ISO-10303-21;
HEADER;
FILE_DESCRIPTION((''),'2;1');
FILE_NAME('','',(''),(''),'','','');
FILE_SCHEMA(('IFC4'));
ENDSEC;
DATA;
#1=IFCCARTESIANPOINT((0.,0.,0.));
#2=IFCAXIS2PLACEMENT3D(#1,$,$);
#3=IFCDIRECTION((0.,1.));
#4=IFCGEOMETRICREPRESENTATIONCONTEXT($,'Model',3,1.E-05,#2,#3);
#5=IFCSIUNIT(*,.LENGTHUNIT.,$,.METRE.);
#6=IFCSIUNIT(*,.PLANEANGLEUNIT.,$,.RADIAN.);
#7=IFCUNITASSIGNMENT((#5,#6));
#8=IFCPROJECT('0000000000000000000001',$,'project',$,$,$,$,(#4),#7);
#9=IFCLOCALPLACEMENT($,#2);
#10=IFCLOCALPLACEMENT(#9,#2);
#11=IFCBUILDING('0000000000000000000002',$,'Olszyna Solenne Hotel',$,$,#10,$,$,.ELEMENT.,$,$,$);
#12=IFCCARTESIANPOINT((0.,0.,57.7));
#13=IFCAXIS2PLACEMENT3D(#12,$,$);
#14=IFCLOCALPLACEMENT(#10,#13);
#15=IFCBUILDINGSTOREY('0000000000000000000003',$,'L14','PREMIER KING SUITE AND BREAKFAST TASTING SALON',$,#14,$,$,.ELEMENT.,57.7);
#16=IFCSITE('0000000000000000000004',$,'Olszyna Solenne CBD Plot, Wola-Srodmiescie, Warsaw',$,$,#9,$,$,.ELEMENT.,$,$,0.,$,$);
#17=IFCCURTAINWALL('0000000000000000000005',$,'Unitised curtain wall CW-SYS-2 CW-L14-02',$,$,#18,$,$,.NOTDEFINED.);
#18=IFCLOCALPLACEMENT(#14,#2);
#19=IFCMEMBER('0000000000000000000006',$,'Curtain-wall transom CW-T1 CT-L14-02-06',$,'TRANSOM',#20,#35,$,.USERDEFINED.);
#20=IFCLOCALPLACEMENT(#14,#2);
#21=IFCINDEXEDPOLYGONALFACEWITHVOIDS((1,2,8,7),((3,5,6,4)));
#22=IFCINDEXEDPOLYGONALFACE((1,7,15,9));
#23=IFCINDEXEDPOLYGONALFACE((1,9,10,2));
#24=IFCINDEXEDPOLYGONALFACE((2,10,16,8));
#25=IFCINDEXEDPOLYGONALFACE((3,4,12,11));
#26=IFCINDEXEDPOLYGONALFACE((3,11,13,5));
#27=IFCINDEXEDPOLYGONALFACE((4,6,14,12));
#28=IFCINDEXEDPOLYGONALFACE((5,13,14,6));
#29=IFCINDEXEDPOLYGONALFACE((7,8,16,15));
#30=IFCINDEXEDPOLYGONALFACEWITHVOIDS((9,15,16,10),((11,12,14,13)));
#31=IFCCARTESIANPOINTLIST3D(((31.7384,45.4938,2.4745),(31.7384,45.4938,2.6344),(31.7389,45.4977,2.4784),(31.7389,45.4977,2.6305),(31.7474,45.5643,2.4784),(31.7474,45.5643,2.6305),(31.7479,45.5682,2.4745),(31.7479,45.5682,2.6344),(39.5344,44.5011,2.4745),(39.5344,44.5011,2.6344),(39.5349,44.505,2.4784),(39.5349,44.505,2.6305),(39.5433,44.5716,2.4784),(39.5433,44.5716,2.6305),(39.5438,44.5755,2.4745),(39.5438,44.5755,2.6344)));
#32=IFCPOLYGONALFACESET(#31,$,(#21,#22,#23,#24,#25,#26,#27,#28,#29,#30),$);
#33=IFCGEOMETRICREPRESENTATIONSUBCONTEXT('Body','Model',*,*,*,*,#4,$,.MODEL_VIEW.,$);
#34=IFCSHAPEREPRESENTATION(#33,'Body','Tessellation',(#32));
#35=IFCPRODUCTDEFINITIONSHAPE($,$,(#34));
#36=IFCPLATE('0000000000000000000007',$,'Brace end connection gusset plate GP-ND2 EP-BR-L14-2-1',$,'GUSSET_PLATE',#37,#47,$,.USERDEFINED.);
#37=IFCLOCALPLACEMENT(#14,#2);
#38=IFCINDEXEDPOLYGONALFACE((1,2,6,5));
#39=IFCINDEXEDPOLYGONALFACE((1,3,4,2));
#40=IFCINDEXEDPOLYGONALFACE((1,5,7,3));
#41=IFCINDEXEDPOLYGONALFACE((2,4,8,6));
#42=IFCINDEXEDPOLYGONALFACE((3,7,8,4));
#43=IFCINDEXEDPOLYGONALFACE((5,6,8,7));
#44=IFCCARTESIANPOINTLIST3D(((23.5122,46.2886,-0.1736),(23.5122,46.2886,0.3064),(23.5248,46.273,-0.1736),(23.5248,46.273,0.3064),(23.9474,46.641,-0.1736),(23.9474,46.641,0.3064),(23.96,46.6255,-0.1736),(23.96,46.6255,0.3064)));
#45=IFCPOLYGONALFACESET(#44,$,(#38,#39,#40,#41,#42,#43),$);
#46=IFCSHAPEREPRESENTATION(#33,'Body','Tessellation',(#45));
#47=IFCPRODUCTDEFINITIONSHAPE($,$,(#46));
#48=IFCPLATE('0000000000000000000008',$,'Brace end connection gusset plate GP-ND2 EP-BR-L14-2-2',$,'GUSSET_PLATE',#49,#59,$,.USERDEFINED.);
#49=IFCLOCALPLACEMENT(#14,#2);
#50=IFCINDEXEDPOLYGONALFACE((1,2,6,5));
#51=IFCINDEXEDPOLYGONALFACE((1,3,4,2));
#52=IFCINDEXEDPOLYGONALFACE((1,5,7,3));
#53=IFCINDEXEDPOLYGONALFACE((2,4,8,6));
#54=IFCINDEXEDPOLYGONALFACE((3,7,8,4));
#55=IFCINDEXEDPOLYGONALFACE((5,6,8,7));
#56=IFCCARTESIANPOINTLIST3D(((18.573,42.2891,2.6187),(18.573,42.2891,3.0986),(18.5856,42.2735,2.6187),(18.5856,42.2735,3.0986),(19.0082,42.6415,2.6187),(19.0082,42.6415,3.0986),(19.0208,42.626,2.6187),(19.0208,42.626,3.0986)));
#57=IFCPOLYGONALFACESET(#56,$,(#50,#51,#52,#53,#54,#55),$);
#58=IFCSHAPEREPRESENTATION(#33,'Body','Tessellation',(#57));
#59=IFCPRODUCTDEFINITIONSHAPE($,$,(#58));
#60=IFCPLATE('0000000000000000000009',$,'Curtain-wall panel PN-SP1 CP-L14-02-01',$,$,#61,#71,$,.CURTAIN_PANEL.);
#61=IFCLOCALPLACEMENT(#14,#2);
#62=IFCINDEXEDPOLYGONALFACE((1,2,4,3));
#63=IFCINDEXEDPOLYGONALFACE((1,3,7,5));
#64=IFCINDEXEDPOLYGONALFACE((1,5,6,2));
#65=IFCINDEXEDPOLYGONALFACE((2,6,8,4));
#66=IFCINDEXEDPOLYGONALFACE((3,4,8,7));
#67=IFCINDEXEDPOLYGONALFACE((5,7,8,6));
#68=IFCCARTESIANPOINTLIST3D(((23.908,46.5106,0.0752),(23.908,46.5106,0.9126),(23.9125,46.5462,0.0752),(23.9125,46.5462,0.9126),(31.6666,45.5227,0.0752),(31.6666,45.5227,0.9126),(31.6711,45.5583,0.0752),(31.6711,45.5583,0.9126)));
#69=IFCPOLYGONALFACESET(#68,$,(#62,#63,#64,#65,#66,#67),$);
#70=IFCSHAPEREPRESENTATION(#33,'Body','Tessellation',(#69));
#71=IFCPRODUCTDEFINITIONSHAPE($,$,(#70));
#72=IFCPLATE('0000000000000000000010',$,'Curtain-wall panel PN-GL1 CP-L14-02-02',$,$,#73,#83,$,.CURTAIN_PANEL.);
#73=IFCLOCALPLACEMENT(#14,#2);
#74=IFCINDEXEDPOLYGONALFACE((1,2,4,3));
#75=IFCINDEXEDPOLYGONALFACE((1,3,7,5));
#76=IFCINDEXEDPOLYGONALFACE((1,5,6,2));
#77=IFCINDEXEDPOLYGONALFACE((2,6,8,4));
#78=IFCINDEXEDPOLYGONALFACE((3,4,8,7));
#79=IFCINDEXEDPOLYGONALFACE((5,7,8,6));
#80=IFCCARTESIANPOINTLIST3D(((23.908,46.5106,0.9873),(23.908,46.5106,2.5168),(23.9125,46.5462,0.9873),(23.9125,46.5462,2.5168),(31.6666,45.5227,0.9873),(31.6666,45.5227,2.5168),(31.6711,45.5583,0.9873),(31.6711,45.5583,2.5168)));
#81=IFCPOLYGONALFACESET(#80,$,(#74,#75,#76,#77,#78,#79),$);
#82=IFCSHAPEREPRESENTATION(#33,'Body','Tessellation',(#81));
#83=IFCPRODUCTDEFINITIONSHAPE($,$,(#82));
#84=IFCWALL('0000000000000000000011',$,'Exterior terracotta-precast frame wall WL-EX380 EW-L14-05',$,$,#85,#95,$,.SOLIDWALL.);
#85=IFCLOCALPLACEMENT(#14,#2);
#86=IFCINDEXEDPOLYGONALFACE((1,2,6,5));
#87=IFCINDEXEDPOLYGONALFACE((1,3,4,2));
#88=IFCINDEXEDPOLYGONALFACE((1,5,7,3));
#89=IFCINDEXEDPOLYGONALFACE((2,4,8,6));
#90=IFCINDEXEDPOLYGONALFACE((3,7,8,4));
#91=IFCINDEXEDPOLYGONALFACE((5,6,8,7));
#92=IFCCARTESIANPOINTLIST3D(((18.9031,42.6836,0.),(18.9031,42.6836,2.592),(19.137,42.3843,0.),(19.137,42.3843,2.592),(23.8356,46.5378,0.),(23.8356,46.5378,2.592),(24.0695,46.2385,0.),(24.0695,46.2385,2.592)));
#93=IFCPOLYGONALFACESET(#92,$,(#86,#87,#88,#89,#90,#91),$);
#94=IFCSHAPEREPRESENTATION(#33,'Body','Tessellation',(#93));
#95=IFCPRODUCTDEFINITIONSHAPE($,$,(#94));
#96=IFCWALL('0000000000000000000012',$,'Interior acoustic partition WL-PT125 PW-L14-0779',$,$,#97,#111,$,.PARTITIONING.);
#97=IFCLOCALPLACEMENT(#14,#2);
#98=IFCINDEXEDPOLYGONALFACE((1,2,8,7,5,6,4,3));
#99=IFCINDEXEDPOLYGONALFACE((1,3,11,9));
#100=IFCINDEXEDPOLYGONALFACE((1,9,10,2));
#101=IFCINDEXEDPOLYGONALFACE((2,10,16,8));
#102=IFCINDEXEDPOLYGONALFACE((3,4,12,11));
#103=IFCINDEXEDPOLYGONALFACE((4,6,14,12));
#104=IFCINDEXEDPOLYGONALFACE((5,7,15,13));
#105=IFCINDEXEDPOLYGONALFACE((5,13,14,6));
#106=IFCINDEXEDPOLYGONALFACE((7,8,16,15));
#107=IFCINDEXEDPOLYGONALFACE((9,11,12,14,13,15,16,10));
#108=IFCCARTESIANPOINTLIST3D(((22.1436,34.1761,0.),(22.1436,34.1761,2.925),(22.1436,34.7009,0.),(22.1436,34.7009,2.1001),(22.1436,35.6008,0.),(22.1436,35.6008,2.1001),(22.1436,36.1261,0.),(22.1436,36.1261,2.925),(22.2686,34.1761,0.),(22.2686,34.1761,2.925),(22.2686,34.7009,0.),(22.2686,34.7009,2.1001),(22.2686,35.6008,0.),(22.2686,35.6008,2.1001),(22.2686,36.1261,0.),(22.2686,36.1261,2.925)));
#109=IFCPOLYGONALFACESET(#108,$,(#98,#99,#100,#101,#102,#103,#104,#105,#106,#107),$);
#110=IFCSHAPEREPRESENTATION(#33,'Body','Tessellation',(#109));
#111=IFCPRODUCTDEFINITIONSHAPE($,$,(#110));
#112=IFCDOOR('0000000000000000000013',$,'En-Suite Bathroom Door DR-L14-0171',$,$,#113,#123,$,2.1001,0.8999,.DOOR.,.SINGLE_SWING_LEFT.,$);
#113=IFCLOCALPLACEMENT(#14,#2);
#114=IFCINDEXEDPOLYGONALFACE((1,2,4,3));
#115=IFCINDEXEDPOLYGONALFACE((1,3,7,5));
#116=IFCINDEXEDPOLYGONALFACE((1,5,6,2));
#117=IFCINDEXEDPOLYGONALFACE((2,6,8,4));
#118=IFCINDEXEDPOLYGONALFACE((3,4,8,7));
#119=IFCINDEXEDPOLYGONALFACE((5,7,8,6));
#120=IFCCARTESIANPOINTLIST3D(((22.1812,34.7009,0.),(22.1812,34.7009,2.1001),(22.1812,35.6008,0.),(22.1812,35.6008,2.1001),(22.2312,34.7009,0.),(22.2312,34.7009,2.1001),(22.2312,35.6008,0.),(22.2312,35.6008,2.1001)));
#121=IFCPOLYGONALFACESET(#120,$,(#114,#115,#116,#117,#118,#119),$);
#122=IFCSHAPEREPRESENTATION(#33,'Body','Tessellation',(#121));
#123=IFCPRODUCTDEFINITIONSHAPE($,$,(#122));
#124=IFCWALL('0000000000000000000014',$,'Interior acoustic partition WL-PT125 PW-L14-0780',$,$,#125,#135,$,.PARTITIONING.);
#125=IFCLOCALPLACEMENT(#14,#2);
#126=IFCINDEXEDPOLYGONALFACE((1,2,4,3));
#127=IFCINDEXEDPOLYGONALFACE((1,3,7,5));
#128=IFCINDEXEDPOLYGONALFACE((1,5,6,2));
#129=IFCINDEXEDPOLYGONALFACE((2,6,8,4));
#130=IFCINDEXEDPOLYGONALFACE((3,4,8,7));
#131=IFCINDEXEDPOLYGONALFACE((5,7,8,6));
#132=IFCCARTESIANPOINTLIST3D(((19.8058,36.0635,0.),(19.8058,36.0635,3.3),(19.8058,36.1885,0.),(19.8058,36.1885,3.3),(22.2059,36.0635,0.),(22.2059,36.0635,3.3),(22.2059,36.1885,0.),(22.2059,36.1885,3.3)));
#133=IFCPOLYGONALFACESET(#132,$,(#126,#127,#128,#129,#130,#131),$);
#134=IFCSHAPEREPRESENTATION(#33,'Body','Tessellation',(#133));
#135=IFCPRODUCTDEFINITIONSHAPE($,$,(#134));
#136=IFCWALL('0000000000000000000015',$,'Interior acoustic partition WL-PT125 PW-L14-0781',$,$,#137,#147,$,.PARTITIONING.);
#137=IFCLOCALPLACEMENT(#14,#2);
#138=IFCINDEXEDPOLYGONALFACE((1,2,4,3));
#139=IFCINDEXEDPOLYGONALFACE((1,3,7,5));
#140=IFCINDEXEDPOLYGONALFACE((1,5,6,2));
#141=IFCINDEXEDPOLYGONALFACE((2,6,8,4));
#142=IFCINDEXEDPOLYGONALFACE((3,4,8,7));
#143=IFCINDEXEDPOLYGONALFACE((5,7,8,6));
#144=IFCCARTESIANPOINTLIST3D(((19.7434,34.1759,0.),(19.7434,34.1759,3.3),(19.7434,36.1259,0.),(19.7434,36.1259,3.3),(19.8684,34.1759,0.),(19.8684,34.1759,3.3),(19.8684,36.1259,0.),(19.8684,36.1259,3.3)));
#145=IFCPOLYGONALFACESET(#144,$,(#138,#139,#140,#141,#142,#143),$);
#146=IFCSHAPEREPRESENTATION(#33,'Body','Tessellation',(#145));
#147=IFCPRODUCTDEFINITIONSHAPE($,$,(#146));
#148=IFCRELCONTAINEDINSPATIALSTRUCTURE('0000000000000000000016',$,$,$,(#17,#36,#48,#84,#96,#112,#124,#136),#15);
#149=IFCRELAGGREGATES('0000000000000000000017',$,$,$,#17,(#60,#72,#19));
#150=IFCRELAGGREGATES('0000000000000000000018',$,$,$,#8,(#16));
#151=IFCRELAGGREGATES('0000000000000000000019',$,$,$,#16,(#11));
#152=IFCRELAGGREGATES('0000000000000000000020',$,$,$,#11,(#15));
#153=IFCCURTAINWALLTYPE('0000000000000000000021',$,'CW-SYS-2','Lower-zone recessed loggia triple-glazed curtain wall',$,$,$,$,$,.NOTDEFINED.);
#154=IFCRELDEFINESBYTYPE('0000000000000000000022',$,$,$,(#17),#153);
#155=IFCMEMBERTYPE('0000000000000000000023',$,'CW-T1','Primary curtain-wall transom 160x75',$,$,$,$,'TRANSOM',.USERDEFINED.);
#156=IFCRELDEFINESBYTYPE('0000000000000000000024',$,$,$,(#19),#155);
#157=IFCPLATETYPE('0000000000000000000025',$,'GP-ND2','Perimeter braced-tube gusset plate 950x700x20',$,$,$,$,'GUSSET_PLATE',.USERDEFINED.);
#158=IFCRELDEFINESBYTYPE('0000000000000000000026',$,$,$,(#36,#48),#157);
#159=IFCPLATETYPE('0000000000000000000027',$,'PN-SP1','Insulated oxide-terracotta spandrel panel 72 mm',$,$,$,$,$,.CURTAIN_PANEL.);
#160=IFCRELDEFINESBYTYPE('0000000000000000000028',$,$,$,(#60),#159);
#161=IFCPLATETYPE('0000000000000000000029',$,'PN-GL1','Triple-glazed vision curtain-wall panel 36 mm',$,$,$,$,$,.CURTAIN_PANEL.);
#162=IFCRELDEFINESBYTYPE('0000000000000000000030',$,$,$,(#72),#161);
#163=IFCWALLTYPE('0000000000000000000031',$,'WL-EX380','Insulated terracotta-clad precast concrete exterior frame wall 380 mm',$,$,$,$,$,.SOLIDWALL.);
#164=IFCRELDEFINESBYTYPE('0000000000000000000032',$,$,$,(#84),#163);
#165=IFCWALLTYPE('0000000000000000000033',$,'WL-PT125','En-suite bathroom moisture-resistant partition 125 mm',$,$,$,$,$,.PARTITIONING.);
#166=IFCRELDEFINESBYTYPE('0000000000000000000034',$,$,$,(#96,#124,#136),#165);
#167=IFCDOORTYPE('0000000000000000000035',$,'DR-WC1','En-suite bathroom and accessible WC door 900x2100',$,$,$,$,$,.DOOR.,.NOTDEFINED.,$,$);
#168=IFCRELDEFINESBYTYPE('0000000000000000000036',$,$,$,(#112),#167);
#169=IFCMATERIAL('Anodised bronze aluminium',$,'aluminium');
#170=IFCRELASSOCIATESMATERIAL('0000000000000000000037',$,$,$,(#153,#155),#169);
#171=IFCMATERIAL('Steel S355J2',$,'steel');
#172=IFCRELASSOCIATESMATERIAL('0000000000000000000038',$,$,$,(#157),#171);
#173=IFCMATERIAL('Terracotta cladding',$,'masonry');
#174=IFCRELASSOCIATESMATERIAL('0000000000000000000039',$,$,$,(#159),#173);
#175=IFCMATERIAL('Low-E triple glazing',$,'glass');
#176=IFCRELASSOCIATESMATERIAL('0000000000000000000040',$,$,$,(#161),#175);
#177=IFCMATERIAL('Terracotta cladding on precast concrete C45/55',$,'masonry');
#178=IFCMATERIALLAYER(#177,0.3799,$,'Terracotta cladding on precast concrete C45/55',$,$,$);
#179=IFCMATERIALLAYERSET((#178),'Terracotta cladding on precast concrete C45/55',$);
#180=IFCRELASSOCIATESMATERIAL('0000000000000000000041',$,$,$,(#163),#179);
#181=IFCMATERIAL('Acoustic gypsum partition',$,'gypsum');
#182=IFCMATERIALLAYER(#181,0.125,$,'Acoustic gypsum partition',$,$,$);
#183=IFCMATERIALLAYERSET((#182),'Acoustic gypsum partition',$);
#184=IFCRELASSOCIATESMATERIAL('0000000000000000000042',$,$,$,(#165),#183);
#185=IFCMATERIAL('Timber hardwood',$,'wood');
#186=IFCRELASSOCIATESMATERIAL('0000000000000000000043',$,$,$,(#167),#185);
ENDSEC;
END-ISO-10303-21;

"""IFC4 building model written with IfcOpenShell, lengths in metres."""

from ifc_helpers import new_model, si_unit, direction, frame, frame_2d, origin, origin_2d, place, context, subcontext, project, spatial, rectangle, hollow_rectangle, extrude, source, transform, mapped, material, layer, layer_set, material_profile, profile_set, type_object, type_shapes, element, fill, aggregate, save


model = new_model("IFC4")

# Units and contexts
model_context = context("Model", 3, precision=1e-05, world=origin(), true_north=direction((0.0, 1.0)))
body_context = subcontext(model_context, "Body", "Model", "MODEL_VIEW")
ifc_project = project(units=[si_unit("LENGTHUNIT", "METRE"), si_unit("PLANEANGLEUNIT", "RADIAN")], contexts=[model_context])

# Site, building, storey
site_placement = place(None, origin())
site = spatial("IfcSite", under=ifc_project, at=site_placement, Name="Olszyna Solenne CBD Plot, Wola-Srodmiescie, Warsaw", CompositionType="ELEMENT", RefElevation=0.0)
building_placement = place(site_placement, origin())
building = spatial("IfcBuilding", under=site, at=building_placement, Name="Olszyna Solenne Hotel", CompositionType="ELEMENT")
storey_placement = place(building_placement, frame((0.0, 0.0, 57.7)))
storey = spatial("IfcBuildingStorey", under=building, at=storey_placement, Name="L14", Description="PREMIER KING SUITE AND BREAKFAST TASTING SALON", CompositionType="ELEMENT", Elevation=57.7)

# Shared definitions
ifc_material_1 = material(Name="Steel S355J2", Category="steel")

# Curtain wall, member
ifc_material_2 = material(Name="Anodised bronze aluminium", Category="aluminium")
curtain_wall_type = type_object("IfcCurtainWallType", Name="CW-SYS-2", Description="Lower-zone recessed loggia triple-glazed curtain wall", PredefinedType="NOTDEFINED", material=ifc_material_2)
curtain_wall_placement = place(storey_placement, origin())
curtain_wall = element("IfcCurtainWall", 1, at=curtain_wall_placement, inside=storey, type_object=curtain_wall_type, Name="Unitised curtain wall CW-SYS-2 CW-L14-02", PredefinedType="NOTDEFINED")
ifc_material_profile_1 = material_profile(ifc_material_2, hollow_rectangle(XDim=0.075, YDim=0.1599, WallThickness=0.0039, at=origin_2d()), Name="TRAN 160x75x4", Category="load-bearing")
ifc_profile_set_1 = profile_set([ifc_material_profile_1], Name="Anodised bronze aluminium")
member_type_1 = type_object("IfcMemberType", Name="CW-T1", Description="Primary curtain-wall transom 160x75", ElementType="TRANSOM", PredefinedType="USERDEFINED", material=ifc_profile_set_1)
shared_shape_1 = source(origin(), body_context, "Body", "SweptSolid", [
    extrude(hollow_rectangle(XDim=0.075, YDim=0.1599, WallThickness=0.0039, at=origin_2d()), origin(), (0.0, 0.0, 1.0), 7.8589),
])
member_1_placement = place(storey_placement, frame((31.7432, 45.531, 2.5544), z_axis=(0.99199, -0.126313, 0.0), x_axis=(0.126313, 0.99199, 0.0)))
member_1 = element("IfcMember", 2, at=member_1_placement, type_object=member_type_1, Name="Curtain-wall transom CW-T1 CT-L14-02-06", ObjectType="TRANSOM", PredefinedType="USERDEFINED", context=body_context, shape_type="MappedRepresentation", body=[
    mapped(shared_shape_1, transform((0.0, 0.0, 0.0), x_axis=(1.0, 0.0, 0.0), y_axis=(0.0, 1.0, 0.0), z_axis=(0.0, 0.0, 1.0), scale=1.0)),
])

# Plates
plate_type_1 = type_object("IfcPlateType", Name="GP-ND2", Description="Perimeter braced-tube gusset plate 950x700x20", ElementType="GUSSET_PLATE", PredefinedType="USERDEFINED", material=ifc_material_1)
shared_shape_2 = source(origin(), body_context, "Body", "SweptSolid", [
    extrude(rectangle(XDim=0.5601, YDim=0.02, at=origin_2d()), origin(), (0.0, 0.0, 1.0), 0.48),
])
for number, where, z_axis, x_axis, name in (
    (3, (23.7361, 46.457, -0.1736), (0.0, 0.0, 1.0), (-0.777146, -0.62932, 0.0), "Brace end connection gusset plate GP-ND2 EP-BR-L14-2-1"),
    (4, (18.7969, 42.4575, 2.6187), (0.0, 0.0, 1.0), (-0.777146, -0.62932, 0.0), "Brace end connection gusset plate GP-ND2 EP-BR-L14-2-2"),
):
    element("IfcPlate", number, at=place(storey_placement, frame(where, z_axis=z_axis, x_axis=x_axis)), inside=storey, type_object=plate_type_1, Name=name, ObjectType="GUSSET_PLATE", PredefinedType="USERDEFINED", context=body_context, shape_type="MappedRepresentation", body=[
        mapped(shared_shape_2, transform((0.0, 0.0, 0.0), x_axis=(1.0, 0.0, 0.0), y_axis=(0.0, 1.0, 0.0), z_axis=(0.0, 0.0, 1.0), scale=1.0)),
    ])

# Plates
ifc_material_3 = material(Name="Terracotta cladding", Category="masonry")
plate_type_2 = type_object("IfcPlateType", Name="PN-SP1", Description="Insulated oxide-terracotta spandrel panel 72 mm", PredefinedType="CURTAIN_PANEL", material=ifc_material_3)
shared_shape_3 = source(origin(), body_context, "Body", "SweptSolid", [
    extrude(rectangle(XDim=7.8213, YDim=0.0359, at=origin_2d()), origin(), (0.0, 0.0, 1.0), 0.8374),
])
plate_1_placement = place(storey_placement, frame((27.7896, 46.0344, 0.0752), z_axis=(0.0, 0.0, 1.0), x_axis=(0.991991, -0.126308, 0.0)))
plate_1 = element("IfcPlate", 5, at=plate_1_placement, type_object=plate_type_2, Name="Curtain-wall panel PN-SP1 CP-L14-02-01", PredefinedType="CURTAIN_PANEL", context=body_context, shape_type="MappedRepresentation", body=[
    mapped(shared_shape_3, transform((0.0, 0.0, 0.0), x_axis=(1.0, 0.0, 0.0), y_axis=(0.0, 1.0, 0.0), z_axis=(0.0, 0.0, 1.0), scale=1.0)),
])
ifc_material_4 = material(Name="Low-E triple glazing", Category="glass")
plate_type_3 = type_object("IfcPlateType", Name="PN-GL1", Description="Triple-glazed vision curtain-wall panel 36 mm", PredefinedType="CURTAIN_PANEL", material=ifc_material_4)
shared_shape_4 = source(origin(), body_context, "Body", "SweptSolid", [
    extrude(rectangle(XDim=7.8213, YDim=0.0359, at=origin_2d()), origin(), (0.0, 0.0, 1.0), 1.5295),
])
plate_2_placement = place(storey_placement, frame((27.7896, 46.0344, 0.9873), z_axis=(0.0, 0.0, 1.0), x_axis=(0.991991, -0.126308, 0.0)))
plate_2 = element("IfcPlate", 6, at=plate_2_placement, type_object=plate_type_3, Name="Curtain-wall panel PN-GL1 CP-L14-02-02", PredefinedType="CURTAIN_PANEL", context=body_context, shape_type="MappedRepresentation", body=[
    mapped(shared_shape_4, transform((0.0, 0.0, 0.0), x_axis=(1.0, 0.0, 0.0), y_axis=(0.0, 1.0, 0.0), z_axis=(0.0, 0.0, 1.0), scale=1.0)),
])
aggregate(curtain_wall, [plate_1, plate_2, member_1])

# Wall
ifc_material_5 = material(Name="Terracotta cladding on precast concrete C45/55", Category="masonry")
ifc_layer_1 = layer(ifc_material_5, 0.3799, Name="Terracotta cladding on precast concrete C45/55")
ifc_layer_set_1 = layer_set([ifc_layer_1], Name="Terracotta cladding on precast concrete C45/55")
wall_type_1 = type_object("IfcWallType", Name="WL-EX380", Description="Insulated terracotta-clad precast concrete exterior frame wall 380 mm", PredefinedType="SOLIDWALL", material=ifc_layer_set_1)
wall_1_placement = place(storey_placement, frame((19.02, 42.5339, 0.0), z_axis=(0.0, 0.0, 1.0), x_axis=(0.787975, 0.615708, 0.0)))
element("IfcWall", 7, at=wall_1_placement, inside=storey, type_object=wall_type_1, Name="Exterior terracotta-precast frame wall WL-EX380 EW-L14-05", PredefinedType="SOLIDWALL", context=body_context, shape_type="SweptSolid", body=[
    extrude(rectangle(XDim=6.2598, YDim=0.3799, at=frame_2d((3.1299, 0.0))), origin(), (0.0, 0.0, 1.0), 2.592),
])

# Wall, opening, door
ifc_material_6 = material(Name="Acoustic gypsum partition", Category="gypsum")
ifc_layer_2 = layer(ifc_material_6, 0.125, Name="Acoustic gypsum partition")
ifc_layer_set_2 = layer_set([ifc_layer_2], Name="Acoustic gypsum partition")
wall_type_2 = type_object("IfcWallType", Name="WL-PT125", Description="En-suite bathroom moisture-resistant partition 125 mm", PredefinedType="PARTITIONING", material=ifc_layer_set_2)
wall_2_placement = place(storey_placement, frame((22.2061, 34.176, 0.0), z_axis=(0.0, 0.0, 1.0), x_axis=(0.0, 1.0, 0.0)))
wall_2 = element("IfcWall", 8, at=wall_2_placement, inside=storey, type_object=wall_type_2, Name="Interior acoustic partition WL-PT125 PW-L14-0779", PredefinedType="PARTITIONING", context=body_context, shape_type="SweptSolid", body=[
    extrude(rectangle(XDim=1.95, YDim=0.125, at=frame_2d((0.9751, 0.0))), origin(), (0.0, 0.0, 1.0), 2.925),
])
opening_1_placement = place(wall_2_placement, frame((0.5249, 0.0, 0.0)))
opening_1 = element("IfcOpeningElement", 9, at=opening_1_placement, cuts=wall_2, PredefinedType="OPENING", context=body_context, shape_type="SweptSolid", body=[
    extrude(rectangle(XDim=0.8999, YDim=2.1001, at=frame_2d((0.45, 1.05))), frame((0.0, 0.0725, 0.0), z_axis=(0.0, -1.0, 0.0), x_axis=(1.0, 0.0, 0.0)), (0.0, 0.0, 1.0), 0.145),
])
ifc_material_7 = material(Name="Timber hardwood", Category="wood")
door_type_1 = type_object("IfcDoorType", Name="DR-WC1", Description="En-suite bathroom and accessible WC door 900x2100", OperationType="NOTDEFINED", PredefinedType="DOOR", material=ifc_material_7)
shared_shape_5 = source(origin(), body_context, "Body", "SweptSolid", [
    extrude(rectangle(XDim=0.8999, YDim=2.1001, at=frame_2d((0.45, 1.05))), frame((0.0, 0.0249, 0.0), z_axis=(0.0, -1.0, 0.0), x_axis=(1.0, 0.0, 0.0)), (0.0, 0.0, 1.0), 0.05),
])
type_shapes(door_type_1, [shared_shape_5])
door_1_placement = place(opening_1_placement, origin())
door_1 = element("IfcDoor", 10, at=door_1_placement, inside=storey, type_object=door_type_1, Name="En-Suite Bathroom Door DR-L14-0171", OperationType="SINGLE_SWING_LEFT", OverallHeight=2.1001, OverallWidth=0.8999, PredefinedType="DOOR", context=body_context, shape_type="MappedRepresentation", body=[
    mapped(shared_shape_5, transform((0.0, 0.0, 0.0), x_axis=(1.0, 0.0, 0.0), y_axis=(0.0, 1.0, 0.0), z_axis=(0.0, 0.0, 1.0), scale=1.0)),
])
fill(opening_1, door_1)

# Walls
wall_3_placement = place(storey_placement, frame((22.2061, 36.126, 0.0), z_axis=(0.0, 0.0, 1.0), x_axis=(-1.0, 0.0, 0.0)))
element("IfcWall", 11, at=wall_3_placement, inside=storey, type_object=wall_type_2, Name="Interior acoustic partition WL-PT125 PW-L14-0780", PredefinedType="PARTITIONING", context=body_context, shape_type="SweptSolid", body=[
    extrude(rectangle(XDim=2.4001, YDim=0.125, at=frame_2d((1.2002, 0.0))), origin(), (0.0, 0.0, 1.0), 3.3),
])
wall_4_placement = place(storey_placement, frame((19.8059, 36.126, 0.0), z_axis=(0.0, 0.0, 1.0), x_axis=(0.0, -1.0, 0.0)))
element("IfcWall", 12, at=wall_4_placement, inside=storey, type_object=wall_type_2, Name="Interior acoustic partition WL-PT125 PW-L14-0781", PredefinedType="PARTITIONING", context=body_context, shape_type="SweptSolid", body=[
    extrude(rectangle(XDim=1.95, YDim=0.125, at=frame_2d((0.9751, 0.0))), origin(), (0.0, 0.0, 1.0), 3.3),
])

save(model, "model.ifc")
